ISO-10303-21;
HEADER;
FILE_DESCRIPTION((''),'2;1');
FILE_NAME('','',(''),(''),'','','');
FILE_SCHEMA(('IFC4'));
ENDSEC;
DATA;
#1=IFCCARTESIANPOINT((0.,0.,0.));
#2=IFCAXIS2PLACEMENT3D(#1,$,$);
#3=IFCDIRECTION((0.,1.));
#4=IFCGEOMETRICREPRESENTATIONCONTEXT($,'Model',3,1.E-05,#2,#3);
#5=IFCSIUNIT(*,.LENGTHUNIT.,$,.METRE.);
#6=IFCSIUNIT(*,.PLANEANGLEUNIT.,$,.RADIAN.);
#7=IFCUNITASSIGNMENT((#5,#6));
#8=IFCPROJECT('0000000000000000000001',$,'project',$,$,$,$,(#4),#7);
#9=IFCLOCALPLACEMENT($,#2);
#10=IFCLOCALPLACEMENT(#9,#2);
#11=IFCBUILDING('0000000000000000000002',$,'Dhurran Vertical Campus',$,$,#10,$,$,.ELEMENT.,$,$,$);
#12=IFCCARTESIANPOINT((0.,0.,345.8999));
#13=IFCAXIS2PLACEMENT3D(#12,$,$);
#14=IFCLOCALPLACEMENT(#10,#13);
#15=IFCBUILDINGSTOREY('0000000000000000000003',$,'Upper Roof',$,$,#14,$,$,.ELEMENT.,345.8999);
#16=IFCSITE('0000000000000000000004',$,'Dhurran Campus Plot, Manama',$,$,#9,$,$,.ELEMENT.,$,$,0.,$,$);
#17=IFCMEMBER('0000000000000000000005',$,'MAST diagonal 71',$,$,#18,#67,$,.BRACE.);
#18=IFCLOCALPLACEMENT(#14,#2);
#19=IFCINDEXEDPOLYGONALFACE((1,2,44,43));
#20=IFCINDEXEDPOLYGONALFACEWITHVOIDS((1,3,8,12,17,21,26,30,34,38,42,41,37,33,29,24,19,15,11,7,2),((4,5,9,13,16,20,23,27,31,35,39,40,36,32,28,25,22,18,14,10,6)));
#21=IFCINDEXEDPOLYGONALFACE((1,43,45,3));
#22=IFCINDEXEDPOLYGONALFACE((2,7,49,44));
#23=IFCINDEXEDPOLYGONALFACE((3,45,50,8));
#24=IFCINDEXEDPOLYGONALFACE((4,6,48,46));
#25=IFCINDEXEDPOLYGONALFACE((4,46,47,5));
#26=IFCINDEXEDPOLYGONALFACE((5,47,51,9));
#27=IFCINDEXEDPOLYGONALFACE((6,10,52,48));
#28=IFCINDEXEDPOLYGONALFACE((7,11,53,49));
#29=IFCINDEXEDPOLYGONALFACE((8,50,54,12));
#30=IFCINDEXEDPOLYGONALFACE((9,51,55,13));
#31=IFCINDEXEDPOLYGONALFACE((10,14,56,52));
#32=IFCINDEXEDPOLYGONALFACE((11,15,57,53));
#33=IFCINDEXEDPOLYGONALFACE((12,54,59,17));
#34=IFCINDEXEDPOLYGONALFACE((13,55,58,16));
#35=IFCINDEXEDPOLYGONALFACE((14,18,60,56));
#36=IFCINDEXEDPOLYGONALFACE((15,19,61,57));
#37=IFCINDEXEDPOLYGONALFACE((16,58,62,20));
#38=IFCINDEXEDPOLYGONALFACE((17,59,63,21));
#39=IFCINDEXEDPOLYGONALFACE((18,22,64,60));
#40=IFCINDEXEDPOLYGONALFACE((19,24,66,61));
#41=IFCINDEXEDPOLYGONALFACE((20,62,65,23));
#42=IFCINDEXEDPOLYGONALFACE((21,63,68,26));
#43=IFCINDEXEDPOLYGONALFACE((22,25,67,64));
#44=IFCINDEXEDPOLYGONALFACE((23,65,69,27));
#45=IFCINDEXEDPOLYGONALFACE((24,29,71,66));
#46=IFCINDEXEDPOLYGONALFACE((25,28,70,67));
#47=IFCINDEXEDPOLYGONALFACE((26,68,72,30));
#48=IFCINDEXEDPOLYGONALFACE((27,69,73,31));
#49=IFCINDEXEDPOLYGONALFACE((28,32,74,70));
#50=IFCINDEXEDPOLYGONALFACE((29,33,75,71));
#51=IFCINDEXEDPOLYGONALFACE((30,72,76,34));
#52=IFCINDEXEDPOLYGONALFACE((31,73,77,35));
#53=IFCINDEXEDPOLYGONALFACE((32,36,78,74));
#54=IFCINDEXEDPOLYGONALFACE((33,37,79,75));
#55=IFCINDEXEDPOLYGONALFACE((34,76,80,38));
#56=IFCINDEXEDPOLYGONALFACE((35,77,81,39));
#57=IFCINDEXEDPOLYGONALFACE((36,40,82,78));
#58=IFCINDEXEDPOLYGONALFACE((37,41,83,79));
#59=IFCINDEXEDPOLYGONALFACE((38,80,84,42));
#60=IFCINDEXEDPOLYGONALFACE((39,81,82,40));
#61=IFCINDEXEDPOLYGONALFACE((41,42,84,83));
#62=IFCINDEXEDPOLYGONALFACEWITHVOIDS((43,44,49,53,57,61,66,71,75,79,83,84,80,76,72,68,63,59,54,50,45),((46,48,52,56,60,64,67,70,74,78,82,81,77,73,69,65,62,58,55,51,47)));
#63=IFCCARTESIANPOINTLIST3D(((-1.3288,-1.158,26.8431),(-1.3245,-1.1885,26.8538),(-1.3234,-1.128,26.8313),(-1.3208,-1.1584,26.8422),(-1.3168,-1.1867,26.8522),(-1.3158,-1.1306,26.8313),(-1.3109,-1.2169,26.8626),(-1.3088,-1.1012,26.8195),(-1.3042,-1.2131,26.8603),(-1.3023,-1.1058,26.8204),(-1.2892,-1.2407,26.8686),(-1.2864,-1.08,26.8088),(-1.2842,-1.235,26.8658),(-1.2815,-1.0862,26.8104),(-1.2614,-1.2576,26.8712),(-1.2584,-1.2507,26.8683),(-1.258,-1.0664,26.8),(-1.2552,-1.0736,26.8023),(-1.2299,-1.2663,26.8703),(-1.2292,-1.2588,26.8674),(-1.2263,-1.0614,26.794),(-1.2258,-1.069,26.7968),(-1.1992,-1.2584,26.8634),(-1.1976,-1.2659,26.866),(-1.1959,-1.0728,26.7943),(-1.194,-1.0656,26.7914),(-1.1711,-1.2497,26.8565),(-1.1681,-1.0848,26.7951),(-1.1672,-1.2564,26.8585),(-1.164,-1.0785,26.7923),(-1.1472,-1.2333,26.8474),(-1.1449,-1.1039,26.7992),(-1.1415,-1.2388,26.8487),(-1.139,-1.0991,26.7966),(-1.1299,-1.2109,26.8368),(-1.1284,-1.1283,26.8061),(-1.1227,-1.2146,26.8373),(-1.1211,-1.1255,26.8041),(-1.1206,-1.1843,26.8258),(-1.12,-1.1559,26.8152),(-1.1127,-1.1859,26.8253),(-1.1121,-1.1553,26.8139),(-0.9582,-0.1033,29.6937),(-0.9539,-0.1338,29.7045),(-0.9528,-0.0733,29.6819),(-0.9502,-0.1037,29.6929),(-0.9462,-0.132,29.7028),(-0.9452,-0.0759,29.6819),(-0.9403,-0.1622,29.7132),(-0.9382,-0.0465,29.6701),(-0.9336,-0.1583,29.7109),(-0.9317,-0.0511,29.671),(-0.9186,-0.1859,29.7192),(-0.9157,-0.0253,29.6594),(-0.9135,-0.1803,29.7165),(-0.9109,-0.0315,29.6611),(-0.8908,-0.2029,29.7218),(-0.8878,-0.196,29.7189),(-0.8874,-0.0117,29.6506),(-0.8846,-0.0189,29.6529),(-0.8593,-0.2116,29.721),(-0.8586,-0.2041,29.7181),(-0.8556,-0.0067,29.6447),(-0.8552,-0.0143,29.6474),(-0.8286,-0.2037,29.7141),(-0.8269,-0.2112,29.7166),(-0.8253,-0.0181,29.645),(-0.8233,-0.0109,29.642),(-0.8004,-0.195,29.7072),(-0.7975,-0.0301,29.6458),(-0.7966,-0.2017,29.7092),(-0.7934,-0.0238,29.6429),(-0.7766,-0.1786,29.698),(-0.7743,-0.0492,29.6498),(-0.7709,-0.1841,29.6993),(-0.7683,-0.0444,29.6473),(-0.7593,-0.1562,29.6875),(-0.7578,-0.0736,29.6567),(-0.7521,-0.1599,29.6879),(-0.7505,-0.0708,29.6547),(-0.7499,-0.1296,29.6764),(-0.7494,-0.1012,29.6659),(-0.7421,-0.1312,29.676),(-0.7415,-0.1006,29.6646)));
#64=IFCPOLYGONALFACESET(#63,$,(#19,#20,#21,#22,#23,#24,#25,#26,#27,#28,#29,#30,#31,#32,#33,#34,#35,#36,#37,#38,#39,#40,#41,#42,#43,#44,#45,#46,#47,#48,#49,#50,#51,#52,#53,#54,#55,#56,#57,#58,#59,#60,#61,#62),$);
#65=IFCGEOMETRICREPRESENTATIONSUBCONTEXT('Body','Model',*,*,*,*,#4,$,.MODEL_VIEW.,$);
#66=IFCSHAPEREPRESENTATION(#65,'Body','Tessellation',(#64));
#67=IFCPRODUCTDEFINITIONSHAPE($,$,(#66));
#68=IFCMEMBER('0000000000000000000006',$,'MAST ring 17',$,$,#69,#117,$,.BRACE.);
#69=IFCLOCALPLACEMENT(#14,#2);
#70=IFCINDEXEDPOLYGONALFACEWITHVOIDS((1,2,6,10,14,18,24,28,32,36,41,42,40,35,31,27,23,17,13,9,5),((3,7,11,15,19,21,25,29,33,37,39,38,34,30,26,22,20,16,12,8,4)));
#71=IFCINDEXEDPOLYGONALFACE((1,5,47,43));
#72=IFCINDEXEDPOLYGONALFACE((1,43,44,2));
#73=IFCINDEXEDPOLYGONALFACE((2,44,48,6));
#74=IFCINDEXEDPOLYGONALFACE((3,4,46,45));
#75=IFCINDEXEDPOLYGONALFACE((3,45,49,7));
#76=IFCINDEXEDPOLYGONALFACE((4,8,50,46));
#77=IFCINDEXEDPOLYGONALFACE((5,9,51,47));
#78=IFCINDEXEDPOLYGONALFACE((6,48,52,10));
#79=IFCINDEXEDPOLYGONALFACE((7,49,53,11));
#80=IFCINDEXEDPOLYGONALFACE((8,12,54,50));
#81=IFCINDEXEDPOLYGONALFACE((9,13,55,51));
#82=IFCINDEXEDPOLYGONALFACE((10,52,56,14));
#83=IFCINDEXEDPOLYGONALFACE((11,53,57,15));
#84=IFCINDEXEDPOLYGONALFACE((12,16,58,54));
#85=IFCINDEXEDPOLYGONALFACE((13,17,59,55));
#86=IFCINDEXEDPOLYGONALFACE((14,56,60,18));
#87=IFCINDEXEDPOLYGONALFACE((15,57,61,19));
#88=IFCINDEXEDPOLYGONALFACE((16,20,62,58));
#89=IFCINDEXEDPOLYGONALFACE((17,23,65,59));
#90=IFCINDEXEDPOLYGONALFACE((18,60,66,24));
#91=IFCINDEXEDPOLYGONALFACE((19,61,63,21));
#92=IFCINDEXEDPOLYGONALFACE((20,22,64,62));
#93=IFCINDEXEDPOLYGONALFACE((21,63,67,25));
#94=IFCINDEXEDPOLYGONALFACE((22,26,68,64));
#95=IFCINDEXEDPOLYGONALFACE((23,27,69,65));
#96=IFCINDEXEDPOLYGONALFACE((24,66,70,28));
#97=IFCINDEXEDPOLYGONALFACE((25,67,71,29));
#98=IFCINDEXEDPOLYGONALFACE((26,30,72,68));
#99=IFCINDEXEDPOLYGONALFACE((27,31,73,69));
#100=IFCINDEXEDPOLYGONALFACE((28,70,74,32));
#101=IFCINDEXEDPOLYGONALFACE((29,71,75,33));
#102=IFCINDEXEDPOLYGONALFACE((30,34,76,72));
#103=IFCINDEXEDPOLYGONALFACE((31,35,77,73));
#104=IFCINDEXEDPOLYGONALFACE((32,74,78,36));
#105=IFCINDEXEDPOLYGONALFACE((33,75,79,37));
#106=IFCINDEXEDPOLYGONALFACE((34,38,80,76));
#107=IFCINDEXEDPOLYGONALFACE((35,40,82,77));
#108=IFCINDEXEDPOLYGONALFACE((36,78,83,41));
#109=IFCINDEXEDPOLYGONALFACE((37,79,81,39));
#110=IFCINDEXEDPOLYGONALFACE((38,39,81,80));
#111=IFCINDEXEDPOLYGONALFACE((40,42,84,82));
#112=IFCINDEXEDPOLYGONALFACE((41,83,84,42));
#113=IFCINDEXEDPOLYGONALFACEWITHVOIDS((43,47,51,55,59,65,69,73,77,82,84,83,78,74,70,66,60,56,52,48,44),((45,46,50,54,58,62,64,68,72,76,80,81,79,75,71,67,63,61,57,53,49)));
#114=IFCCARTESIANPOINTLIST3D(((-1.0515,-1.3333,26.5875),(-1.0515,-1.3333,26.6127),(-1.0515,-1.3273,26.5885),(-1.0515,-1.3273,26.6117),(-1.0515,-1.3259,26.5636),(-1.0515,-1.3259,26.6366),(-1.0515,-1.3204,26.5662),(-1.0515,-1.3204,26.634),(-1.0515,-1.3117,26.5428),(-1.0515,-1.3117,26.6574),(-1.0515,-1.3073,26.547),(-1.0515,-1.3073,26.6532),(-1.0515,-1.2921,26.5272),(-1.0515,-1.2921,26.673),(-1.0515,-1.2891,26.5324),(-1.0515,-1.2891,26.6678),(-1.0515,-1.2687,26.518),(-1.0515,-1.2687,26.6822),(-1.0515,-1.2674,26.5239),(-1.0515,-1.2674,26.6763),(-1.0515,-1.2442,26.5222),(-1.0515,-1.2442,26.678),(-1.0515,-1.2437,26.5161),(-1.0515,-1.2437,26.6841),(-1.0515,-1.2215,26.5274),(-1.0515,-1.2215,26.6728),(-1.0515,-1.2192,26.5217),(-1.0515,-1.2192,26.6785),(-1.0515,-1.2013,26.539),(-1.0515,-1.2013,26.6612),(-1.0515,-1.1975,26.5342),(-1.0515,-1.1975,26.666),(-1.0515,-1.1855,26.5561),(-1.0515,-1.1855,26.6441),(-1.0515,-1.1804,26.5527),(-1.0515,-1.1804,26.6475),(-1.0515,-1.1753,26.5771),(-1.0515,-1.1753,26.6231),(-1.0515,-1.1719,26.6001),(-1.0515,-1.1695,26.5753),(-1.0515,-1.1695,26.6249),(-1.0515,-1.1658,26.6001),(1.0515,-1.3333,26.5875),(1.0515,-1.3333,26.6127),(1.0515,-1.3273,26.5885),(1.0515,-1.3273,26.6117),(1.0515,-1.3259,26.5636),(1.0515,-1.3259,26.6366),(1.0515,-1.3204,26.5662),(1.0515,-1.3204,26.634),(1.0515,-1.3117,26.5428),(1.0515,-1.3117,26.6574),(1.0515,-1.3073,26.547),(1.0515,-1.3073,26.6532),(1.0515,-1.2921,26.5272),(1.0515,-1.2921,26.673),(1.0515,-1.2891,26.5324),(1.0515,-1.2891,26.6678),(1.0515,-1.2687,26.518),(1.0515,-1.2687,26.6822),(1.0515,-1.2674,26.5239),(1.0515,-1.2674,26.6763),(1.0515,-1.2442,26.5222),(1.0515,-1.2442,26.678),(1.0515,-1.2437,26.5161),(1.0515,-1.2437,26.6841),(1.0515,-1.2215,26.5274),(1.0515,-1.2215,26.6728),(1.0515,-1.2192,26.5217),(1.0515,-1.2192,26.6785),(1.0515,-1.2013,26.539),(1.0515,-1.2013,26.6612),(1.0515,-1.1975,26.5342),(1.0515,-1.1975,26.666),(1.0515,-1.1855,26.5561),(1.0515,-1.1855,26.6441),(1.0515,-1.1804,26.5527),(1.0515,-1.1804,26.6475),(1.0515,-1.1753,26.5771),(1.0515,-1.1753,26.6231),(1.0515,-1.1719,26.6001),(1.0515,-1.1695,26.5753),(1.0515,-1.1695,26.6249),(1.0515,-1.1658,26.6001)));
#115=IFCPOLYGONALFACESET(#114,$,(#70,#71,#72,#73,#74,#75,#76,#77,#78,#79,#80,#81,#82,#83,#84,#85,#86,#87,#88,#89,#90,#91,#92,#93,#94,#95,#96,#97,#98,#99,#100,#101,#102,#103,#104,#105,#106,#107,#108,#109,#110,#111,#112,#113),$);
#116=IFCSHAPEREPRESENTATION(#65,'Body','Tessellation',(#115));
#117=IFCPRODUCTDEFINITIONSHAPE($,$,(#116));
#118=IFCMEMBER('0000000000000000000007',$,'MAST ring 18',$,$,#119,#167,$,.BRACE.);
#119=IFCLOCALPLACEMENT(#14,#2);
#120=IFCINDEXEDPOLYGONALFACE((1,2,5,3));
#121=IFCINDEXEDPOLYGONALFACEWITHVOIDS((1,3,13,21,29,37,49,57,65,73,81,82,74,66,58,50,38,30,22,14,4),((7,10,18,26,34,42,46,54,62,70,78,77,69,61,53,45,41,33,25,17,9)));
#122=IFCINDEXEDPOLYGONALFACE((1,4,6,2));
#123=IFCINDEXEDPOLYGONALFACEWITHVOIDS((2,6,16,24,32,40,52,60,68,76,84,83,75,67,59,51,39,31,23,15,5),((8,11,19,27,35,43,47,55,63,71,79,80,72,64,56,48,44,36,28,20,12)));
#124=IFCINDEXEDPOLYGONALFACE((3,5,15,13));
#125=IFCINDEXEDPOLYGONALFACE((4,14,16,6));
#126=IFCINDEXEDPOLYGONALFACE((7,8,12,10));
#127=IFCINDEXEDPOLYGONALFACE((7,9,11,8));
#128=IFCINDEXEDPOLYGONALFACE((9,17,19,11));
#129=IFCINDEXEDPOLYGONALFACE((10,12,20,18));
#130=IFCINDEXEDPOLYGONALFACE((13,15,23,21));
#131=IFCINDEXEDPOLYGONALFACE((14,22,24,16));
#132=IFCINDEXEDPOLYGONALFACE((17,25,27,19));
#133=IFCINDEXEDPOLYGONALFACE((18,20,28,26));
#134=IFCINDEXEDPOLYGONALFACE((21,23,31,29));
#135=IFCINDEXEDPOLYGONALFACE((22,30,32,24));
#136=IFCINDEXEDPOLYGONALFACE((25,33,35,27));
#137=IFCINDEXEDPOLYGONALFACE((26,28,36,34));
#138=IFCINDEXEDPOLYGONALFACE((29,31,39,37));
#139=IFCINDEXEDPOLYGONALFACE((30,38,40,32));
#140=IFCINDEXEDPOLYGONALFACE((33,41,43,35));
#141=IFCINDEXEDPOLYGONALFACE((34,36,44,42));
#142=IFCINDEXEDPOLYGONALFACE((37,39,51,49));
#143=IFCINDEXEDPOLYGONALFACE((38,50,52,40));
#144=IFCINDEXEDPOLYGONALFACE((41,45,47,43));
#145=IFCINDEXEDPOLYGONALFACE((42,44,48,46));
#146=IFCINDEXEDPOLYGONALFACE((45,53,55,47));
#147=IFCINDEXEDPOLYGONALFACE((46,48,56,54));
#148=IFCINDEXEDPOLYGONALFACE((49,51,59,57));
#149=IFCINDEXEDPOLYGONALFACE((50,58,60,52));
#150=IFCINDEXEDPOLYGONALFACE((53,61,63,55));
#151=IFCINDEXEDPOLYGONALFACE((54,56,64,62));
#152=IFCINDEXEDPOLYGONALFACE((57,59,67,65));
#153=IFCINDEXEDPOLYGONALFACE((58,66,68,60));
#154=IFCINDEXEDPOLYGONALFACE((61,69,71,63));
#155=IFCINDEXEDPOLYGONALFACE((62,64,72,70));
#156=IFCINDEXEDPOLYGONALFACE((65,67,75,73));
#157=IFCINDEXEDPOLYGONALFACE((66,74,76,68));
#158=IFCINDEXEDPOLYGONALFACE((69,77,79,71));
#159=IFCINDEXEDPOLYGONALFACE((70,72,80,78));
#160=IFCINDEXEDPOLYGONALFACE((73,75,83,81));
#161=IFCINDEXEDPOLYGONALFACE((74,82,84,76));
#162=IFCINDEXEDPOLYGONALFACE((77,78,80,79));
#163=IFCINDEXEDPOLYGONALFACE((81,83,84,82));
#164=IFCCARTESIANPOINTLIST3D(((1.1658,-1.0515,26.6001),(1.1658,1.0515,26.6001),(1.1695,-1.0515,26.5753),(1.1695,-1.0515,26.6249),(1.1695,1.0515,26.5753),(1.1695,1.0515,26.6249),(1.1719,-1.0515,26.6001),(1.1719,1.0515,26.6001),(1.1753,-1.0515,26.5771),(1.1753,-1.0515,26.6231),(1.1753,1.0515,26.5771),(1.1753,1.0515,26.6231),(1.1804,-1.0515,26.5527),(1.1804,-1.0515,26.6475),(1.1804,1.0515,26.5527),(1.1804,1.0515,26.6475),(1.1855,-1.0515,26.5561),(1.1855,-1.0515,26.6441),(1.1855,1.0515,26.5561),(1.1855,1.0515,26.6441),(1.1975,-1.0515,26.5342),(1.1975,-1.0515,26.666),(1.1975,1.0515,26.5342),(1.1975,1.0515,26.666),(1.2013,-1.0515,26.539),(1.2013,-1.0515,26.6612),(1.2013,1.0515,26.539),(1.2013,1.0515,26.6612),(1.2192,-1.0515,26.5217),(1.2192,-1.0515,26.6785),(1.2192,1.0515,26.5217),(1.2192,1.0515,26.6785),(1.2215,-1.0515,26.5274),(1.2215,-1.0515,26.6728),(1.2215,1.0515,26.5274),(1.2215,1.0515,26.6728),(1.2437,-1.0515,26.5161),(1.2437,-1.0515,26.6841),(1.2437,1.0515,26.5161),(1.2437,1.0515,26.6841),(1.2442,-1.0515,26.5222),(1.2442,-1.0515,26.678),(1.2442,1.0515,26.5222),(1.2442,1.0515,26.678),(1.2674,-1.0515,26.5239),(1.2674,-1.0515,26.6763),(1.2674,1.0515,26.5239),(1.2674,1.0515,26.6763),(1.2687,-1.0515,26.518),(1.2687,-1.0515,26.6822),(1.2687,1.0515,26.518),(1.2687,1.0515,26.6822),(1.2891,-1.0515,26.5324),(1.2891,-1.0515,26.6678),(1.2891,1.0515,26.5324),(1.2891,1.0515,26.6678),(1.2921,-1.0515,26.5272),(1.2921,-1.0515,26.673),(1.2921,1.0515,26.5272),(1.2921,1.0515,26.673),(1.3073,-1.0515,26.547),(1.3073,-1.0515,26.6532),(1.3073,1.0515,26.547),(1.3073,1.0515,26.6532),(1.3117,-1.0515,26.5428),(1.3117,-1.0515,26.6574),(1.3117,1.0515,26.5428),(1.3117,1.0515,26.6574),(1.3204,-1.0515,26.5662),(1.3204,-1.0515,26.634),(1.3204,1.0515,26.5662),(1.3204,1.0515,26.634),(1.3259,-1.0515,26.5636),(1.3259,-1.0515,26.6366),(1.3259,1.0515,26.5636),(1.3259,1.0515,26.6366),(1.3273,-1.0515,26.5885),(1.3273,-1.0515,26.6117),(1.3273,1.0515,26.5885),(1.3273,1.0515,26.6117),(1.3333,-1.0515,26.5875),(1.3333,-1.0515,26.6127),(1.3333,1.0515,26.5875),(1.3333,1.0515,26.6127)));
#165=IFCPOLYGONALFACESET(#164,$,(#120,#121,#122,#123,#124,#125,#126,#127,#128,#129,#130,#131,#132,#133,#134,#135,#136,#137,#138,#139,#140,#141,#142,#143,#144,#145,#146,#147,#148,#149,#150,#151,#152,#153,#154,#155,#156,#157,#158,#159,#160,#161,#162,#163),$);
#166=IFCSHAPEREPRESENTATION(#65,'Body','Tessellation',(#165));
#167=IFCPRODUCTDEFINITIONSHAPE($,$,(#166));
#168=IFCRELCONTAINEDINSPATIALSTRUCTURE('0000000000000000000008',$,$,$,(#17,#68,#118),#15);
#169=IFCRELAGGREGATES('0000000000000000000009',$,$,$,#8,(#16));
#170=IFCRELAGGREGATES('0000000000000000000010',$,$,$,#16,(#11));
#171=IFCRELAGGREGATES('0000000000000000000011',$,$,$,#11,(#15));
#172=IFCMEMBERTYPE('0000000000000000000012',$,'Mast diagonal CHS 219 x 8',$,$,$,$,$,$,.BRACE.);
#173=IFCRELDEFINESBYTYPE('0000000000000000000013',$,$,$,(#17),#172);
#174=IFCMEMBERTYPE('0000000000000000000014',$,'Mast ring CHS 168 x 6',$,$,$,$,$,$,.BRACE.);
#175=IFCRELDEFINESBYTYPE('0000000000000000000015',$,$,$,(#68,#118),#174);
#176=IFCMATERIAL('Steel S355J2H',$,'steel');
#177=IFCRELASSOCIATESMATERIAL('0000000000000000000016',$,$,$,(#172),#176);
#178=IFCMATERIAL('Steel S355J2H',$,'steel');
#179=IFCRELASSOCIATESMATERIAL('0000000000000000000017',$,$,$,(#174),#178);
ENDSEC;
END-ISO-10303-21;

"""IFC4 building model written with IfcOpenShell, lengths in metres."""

from ifc_helpers import new_model, si_unit, direction, frame, origin, origin_2d, place, context, subcontext, project, spatial, hollow_circle, extrude, material, material_profile, profile_set, type_object, element, save


model = new_model("IFC4")

# Units and contexts
model_context = context("Model", 3, precision=1e-05, world=origin(), true_north=direction((0.0, 1.0)))
body_context = subcontext(model_context, "Body", "Model", "MODEL_VIEW")
ifc_project = project(units=[si_unit("LENGTHUNIT", "METRE"), si_unit("PLANEANGLEUNIT", "RADIAN")], contexts=[model_context])

# Site, building, storey
site_placement = place(None, origin())
site = spatial("IfcSite", under=ifc_project, at=site_placement, Name="Dhurran Campus Plot, Manama", CompositionType="ELEMENT", RefElevation=0.0)
building_placement = place(site_placement, origin())
building = spatial("IfcBuilding", under=site, at=building_placement, Name="Dhurran Vertical Campus", CompositionType="ELEMENT")
storey_placement = place(building_placement, frame((0.0, 0.0, 345.8999)))
storey = spatial("IfcBuildingStorey", under=building, at=storey_placement, Name="Upper Roof", CompositionType="ELEMENT", Elevation=345.8999)

# Members
ifc_material_1 = material(Name="Steel S355J2H", Category="steel")
ifc_material_profile_1 = material_profile(ifc_material_1, hollow_circle(Radius=0.1096, WallThickness=0.0081, at=origin_2d()), Name="CHS219x8")
ifc_profile_set_1 = profile_set([ifc_material_profile_1], Name="Steel S355J2H")
member_type_1 = type_object("IfcMemberType", Name="Mast diagonal CHS 219 x 8", PredefinedType="BRACE", material=ifc_profile_set_1)
member_1_placement = place(storey_placement, frame((-1.22, -1.1643, 26.8313), z_axis=(0.121036, 0.344449, 0.93097), x_axis=(-0.943449, 0.331518, 0.0)))
element("IfcMember", 1, at=member_1_placement, inside=storey, type_object=member_type_1, Name="MAST diagonal 71", PredefinedType="BRACE", context=body_context, shape_type="SweptSolid", body=[
    extrude(hollow_circle(Radius=0.1096, WallThickness=0.0081, at=origin_2d()), origin(), (0.0, 0.0, 1.0), 3.062),
])
ifc_material_2 = material(Name="Steel S355J2H", Category="steel")
ifc_material_profile_2 = material_profile(ifc_material_2, hollow_circle(Radius=0.0842, WallThickness=0.0061, at=origin_2d()), Name="CHS168x6")
ifc_profile_set_2 = profile_set([ifc_material_profile_2], Name="Steel S355J2H")
member_type_2 = type_object("IfcMemberType", Name="Mast ring CHS 168 x 6", PredefinedType="BRACE", material=ifc_profile_set_2)
for number, where, z_axis, x_axis, name in (
    (2, (-1.0515, -1.25, 26.6001), (1.0, 0.0, 0.0), (0.0, 1.0, 0.0), "MAST ring 17"),
    (3, (1.25, -1.0515, 26.6001), (0.0, 1.0, 0.0), (-1.0, 0.0, 0.0), "MAST ring 18"),
):
    element("IfcMember", number, at=place(storey_placement, frame(where, z_axis=z_axis, x_axis=x_axis)), inside=storey, type_object=member_type_2, Name=name, PredefinedType="BRACE", context=body_context, shape_type="SweptSolid", body=[
        extrude(hollow_circle(Radius=0.0842, WallThickness=0.0061, at=origin_2d()), origin(), (0.0, 0.0, 1.0), 2.103),
    ])

save(model, "model.ifc")
